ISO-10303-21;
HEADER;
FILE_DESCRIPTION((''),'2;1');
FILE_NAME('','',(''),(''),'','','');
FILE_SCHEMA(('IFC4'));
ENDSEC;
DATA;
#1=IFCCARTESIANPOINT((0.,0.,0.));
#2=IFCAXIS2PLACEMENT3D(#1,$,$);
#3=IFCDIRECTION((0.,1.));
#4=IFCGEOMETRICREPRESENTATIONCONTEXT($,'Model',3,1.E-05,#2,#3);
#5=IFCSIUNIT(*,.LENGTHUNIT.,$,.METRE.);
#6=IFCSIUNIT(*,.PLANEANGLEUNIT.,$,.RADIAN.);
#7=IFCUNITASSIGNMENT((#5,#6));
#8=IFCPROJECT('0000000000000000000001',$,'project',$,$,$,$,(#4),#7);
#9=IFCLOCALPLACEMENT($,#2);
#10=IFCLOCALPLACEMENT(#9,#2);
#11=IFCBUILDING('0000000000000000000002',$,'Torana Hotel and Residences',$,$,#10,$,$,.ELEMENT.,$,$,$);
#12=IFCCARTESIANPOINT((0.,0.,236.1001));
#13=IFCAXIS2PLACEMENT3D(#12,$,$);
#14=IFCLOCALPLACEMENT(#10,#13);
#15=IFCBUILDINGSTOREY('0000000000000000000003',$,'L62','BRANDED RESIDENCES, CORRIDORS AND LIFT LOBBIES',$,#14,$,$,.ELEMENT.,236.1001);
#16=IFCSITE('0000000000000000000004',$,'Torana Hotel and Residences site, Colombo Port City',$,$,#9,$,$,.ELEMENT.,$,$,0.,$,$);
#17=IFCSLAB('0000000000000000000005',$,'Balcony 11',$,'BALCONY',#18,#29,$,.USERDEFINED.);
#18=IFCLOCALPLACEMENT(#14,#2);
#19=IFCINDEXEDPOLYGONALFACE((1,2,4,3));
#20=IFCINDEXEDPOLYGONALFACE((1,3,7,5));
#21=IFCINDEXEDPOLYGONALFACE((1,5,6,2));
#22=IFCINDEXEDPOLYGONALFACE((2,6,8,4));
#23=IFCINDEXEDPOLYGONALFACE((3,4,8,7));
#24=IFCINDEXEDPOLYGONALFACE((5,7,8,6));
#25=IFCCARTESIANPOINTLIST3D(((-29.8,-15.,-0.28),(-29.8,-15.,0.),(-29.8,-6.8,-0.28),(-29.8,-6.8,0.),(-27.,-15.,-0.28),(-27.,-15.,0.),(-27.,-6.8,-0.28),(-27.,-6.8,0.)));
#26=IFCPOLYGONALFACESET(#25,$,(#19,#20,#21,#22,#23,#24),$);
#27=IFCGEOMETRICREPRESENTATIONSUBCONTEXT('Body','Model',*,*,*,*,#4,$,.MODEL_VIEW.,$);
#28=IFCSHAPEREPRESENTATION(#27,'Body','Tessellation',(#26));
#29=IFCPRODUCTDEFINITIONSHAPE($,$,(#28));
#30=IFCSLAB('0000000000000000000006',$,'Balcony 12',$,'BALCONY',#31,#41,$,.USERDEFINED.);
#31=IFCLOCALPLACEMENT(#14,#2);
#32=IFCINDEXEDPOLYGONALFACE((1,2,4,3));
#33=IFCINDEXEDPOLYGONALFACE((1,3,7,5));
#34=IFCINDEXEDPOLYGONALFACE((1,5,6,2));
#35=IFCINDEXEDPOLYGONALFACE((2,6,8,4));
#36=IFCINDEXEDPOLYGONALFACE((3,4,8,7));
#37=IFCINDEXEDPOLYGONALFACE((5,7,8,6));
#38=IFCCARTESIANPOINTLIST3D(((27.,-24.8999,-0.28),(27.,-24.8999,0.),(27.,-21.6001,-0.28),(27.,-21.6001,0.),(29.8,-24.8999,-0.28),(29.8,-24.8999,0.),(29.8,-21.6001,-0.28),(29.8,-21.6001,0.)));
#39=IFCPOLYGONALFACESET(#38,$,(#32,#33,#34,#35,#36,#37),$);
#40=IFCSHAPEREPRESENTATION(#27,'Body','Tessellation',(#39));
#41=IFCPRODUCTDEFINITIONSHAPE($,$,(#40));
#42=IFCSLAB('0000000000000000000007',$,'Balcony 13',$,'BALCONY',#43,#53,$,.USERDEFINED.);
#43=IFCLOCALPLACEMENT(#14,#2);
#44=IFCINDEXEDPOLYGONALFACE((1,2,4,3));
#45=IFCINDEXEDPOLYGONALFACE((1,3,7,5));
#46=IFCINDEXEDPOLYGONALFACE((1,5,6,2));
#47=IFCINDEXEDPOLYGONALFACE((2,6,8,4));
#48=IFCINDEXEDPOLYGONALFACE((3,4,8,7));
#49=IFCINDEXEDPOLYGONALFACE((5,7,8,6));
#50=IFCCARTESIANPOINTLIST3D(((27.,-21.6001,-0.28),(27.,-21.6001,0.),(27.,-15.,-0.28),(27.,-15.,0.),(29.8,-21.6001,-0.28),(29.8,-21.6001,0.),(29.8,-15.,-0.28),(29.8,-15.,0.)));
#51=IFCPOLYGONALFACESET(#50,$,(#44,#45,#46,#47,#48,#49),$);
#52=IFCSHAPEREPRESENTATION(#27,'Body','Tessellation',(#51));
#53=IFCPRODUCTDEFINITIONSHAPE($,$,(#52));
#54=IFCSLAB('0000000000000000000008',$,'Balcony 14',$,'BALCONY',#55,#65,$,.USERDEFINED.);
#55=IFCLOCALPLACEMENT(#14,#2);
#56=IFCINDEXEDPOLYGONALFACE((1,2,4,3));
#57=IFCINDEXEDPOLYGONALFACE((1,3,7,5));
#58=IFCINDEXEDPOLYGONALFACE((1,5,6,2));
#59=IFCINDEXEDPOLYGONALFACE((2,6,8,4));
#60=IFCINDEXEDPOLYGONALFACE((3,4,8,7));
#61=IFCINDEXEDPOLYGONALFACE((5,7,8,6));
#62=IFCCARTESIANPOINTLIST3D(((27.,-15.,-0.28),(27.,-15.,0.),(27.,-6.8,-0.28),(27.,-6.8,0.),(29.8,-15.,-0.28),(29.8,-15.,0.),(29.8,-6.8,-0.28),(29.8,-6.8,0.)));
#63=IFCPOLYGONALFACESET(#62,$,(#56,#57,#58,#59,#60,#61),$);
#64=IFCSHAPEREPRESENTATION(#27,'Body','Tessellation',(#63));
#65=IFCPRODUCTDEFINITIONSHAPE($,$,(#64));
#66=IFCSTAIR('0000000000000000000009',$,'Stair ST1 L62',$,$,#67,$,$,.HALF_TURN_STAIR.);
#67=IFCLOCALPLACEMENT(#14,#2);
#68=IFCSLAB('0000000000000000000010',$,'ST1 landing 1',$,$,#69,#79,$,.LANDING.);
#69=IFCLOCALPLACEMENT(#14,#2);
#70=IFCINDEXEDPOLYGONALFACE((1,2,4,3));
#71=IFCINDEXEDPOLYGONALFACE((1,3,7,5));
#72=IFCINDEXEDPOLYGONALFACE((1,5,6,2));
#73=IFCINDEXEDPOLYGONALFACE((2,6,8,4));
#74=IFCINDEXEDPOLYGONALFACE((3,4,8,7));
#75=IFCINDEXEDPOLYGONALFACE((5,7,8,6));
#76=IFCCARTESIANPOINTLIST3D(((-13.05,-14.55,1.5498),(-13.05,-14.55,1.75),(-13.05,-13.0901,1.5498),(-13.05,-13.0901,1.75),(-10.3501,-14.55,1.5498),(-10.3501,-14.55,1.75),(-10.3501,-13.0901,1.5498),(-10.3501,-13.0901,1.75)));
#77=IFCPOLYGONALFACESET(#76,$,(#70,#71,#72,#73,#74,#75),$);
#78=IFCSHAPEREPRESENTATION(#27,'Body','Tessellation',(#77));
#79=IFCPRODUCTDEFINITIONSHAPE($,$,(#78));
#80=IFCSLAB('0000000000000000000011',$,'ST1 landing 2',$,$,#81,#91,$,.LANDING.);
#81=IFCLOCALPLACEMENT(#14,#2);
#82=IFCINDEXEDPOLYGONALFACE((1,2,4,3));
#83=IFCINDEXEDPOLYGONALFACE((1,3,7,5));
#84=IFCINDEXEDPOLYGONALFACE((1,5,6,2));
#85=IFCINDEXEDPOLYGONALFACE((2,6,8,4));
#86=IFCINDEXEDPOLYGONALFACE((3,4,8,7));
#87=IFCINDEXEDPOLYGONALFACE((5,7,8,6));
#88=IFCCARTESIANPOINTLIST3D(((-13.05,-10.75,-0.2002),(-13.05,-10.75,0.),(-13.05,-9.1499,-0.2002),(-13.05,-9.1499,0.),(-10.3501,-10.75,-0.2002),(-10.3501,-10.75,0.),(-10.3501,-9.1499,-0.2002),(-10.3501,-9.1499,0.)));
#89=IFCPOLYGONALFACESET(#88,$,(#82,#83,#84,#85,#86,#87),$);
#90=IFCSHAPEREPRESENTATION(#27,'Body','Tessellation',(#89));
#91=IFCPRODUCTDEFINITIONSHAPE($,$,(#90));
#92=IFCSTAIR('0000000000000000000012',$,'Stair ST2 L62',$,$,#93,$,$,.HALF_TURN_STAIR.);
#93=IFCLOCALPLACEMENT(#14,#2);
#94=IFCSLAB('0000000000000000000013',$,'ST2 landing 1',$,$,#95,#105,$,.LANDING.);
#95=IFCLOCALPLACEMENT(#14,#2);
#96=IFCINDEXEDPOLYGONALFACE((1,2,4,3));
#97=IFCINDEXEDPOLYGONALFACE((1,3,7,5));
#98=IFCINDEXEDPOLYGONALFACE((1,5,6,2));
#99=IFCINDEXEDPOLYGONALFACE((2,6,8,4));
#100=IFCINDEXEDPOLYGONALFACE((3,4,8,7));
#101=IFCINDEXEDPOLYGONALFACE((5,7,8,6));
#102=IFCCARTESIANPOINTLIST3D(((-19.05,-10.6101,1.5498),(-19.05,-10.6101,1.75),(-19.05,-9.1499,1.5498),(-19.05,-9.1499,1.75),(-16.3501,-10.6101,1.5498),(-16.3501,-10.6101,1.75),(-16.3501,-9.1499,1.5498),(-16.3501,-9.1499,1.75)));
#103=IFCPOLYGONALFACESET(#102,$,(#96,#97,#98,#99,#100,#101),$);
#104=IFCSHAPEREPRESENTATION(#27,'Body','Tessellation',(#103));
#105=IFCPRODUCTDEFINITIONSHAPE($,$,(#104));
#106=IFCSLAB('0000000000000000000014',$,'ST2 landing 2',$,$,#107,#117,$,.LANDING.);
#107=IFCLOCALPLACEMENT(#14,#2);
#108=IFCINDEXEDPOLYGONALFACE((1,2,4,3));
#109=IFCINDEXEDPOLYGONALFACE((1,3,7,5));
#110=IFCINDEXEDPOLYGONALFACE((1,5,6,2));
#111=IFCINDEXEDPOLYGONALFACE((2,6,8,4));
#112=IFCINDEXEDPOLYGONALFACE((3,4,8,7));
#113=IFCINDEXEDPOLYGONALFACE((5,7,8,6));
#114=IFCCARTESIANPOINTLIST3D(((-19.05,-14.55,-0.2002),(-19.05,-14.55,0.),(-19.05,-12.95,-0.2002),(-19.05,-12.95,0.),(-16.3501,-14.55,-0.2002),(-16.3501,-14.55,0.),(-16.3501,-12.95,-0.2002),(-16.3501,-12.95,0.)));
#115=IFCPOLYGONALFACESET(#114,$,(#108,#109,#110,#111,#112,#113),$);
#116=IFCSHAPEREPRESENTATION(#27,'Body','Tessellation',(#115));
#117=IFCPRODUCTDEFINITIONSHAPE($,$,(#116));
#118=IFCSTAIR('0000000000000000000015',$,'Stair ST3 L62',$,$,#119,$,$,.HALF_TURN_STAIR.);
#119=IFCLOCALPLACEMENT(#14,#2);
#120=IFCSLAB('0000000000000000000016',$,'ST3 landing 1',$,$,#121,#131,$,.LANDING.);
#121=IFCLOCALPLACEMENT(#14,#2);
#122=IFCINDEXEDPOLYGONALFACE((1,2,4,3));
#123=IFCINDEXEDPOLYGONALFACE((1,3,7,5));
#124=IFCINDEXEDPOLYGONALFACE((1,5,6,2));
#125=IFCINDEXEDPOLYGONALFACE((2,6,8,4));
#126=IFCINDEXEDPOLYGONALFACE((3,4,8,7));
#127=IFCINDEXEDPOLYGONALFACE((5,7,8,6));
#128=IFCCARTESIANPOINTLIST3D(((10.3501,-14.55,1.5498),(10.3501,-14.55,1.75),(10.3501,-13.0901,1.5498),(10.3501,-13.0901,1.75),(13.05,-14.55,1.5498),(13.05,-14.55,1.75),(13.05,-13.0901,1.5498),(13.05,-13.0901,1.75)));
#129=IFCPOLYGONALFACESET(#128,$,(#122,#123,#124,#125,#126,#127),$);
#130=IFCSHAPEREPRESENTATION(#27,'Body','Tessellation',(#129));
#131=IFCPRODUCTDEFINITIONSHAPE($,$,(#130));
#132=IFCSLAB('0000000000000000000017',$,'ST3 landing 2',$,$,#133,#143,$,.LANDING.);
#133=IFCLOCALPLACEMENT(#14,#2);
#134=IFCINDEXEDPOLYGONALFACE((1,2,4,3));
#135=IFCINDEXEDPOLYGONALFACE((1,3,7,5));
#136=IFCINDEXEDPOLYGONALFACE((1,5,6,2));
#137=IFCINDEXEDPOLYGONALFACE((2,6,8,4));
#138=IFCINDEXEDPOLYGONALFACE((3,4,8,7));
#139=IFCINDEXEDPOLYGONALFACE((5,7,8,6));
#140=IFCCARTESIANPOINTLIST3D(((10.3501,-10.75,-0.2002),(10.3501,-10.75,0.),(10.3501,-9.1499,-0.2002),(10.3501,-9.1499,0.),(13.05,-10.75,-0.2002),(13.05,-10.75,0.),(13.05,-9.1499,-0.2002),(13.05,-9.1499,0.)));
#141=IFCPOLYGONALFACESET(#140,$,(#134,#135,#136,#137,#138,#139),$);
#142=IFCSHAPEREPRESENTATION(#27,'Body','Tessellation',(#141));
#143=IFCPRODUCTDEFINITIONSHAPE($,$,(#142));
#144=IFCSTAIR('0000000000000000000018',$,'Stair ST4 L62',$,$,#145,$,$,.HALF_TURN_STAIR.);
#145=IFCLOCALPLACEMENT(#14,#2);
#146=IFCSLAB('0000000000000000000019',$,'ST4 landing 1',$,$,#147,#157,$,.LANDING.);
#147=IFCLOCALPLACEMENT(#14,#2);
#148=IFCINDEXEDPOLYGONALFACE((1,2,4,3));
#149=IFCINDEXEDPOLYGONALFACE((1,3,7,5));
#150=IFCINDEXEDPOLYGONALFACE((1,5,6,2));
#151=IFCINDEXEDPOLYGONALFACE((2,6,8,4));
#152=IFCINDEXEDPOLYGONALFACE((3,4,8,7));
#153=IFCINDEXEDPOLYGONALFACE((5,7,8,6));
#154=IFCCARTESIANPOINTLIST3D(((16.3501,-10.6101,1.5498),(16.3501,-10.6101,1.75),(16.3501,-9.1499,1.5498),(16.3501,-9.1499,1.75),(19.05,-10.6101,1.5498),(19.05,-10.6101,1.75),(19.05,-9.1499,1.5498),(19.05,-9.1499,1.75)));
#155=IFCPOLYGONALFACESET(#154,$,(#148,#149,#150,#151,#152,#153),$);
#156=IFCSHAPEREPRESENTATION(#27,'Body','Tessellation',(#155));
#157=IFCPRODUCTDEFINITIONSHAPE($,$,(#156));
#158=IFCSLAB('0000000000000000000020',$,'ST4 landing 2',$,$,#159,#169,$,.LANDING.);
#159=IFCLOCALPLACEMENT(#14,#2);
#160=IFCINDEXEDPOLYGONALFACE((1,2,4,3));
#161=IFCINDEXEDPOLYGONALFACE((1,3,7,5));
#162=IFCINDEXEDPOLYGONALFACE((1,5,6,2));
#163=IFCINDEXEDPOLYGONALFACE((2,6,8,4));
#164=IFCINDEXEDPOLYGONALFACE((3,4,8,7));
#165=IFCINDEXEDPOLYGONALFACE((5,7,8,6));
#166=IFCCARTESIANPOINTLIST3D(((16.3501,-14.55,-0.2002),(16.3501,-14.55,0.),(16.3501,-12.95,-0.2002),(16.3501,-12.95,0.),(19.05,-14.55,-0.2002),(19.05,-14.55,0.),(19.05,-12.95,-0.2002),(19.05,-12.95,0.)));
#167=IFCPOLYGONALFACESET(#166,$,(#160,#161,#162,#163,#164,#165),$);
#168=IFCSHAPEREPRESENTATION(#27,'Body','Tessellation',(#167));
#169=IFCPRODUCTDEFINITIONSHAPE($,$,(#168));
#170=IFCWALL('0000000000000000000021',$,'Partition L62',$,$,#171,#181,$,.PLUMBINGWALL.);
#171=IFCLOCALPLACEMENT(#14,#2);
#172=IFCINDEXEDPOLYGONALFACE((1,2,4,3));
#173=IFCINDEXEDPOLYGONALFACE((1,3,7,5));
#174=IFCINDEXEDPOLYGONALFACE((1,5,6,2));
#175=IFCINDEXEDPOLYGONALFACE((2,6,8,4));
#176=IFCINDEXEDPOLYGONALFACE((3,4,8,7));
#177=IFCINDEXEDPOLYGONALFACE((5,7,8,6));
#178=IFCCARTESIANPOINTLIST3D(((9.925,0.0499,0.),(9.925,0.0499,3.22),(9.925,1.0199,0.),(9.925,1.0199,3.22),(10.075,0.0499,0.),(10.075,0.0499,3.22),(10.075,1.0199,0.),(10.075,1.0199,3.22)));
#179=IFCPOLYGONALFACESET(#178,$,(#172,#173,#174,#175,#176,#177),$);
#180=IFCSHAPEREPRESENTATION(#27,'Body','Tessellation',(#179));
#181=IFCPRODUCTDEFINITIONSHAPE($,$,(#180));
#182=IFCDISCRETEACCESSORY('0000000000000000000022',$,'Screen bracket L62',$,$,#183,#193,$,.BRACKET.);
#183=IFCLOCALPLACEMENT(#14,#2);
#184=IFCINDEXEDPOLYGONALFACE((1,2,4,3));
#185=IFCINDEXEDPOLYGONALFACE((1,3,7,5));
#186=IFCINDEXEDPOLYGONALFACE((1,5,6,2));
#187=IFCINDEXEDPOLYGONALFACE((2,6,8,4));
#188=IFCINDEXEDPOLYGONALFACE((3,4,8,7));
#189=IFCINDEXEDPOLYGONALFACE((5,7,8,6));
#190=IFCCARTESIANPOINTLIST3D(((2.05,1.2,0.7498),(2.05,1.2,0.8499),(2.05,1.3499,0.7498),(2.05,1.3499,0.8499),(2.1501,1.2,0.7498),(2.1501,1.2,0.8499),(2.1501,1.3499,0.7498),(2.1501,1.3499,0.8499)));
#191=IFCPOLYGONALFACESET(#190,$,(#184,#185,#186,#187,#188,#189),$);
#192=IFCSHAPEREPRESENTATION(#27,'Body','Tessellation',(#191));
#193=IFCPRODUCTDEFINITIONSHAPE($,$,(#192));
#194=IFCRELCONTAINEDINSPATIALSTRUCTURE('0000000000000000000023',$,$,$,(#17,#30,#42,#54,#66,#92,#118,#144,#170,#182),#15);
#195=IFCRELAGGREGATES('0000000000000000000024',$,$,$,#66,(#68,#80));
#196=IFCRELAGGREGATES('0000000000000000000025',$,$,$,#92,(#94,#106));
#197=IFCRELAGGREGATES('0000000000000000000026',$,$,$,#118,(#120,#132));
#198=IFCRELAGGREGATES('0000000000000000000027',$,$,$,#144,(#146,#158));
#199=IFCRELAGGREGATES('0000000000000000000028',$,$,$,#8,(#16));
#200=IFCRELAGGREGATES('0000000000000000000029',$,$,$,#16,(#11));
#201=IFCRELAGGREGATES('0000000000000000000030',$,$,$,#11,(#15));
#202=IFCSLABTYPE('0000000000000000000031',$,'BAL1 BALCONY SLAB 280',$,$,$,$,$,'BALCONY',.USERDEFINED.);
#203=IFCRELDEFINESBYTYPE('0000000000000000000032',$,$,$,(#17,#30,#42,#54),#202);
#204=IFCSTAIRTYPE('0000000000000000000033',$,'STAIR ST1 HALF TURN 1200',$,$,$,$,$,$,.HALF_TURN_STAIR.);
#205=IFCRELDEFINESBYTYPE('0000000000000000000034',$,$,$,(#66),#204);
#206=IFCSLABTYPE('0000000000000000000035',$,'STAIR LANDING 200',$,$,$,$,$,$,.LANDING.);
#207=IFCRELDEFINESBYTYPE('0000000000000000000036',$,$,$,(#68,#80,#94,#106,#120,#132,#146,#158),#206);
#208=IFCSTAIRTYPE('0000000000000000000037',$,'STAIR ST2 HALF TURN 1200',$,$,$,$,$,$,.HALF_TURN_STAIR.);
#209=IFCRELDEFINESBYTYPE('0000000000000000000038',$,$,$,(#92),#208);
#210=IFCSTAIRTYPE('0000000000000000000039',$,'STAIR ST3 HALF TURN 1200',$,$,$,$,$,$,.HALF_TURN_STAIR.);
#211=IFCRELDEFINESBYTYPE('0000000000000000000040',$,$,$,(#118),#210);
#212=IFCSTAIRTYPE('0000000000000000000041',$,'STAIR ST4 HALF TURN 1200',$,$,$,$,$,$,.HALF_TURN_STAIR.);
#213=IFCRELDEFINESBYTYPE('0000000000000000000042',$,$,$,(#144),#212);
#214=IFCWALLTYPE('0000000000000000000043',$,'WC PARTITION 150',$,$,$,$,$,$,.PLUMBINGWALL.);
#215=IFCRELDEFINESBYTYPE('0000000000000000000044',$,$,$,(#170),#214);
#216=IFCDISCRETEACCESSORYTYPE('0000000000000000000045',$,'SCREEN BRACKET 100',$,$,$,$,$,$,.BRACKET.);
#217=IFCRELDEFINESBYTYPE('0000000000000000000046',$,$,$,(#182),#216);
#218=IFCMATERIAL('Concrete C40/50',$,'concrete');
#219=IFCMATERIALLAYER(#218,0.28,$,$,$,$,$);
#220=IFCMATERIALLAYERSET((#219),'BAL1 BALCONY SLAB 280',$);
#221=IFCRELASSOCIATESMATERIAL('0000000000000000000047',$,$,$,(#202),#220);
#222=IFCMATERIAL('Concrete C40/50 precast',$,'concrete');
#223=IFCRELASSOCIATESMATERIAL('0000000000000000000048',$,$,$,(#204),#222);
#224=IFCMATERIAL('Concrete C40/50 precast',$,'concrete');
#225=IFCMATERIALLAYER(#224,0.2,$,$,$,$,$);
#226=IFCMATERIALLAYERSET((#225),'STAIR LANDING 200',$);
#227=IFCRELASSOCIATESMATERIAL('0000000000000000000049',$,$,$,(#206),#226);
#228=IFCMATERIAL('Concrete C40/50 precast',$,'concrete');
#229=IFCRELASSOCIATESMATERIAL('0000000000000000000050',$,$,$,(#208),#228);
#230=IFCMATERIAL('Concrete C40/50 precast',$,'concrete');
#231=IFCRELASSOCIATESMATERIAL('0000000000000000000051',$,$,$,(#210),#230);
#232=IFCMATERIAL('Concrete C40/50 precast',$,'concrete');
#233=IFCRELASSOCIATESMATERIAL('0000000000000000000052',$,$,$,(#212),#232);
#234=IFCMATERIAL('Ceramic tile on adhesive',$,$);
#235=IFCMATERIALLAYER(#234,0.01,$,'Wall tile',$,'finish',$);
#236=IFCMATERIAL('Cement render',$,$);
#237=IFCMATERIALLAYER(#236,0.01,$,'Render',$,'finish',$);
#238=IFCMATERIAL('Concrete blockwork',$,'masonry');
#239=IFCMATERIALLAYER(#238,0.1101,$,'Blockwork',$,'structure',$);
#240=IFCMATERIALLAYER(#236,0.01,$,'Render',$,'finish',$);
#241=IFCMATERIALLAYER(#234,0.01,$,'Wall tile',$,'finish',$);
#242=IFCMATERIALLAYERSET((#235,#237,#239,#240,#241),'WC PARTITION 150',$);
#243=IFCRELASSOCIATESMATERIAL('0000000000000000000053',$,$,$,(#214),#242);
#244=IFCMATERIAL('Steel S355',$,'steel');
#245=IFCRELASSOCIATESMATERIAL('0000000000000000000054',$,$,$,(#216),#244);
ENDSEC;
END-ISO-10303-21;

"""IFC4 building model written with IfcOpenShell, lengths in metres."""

from ifc_helpers import new_model, si_unit, direction, frame, frame_2d, origin, origin_2d, place, context, subcontext, project, spatial, polyline, rectangle, outline, extrude, material, layer, layer_set, type_object, element, aggregate, save


model = new_model("IFC4")

# Units and contexts
model_context = context("Model", 3, precision=1e-05, world=origin(), true_north=direction((0.0, 1.0)))
body_context = subcontext(model_context, "Body", "Model", "MODEL_VIEW")
ifc_project = project(units=[si_unit("LENGTHUNIT", "METRE"), si_unit("PLANEANGLEUNIT", "RADIAN")], contexts=[model_context])

# Site, building, storey
site_placement = place(None, origin())
site = spatial("IfcSite", under=ifc_project, at=site_placement, Name="Torana Hotel and Residences site, Colombo Port City", CompositionType="ELEMENT", RefElevation=0.0)
building_placement = place(site_placement, origin())
building = spatial("IfcBuilding", under=site, at=building_placement, Name="Torana Hotel and Residences", CompositionType="ELEMENT")
storey_placement = place(building_placement, frame((0.0, 0.0, 236.1001)))
storey = spatial("IfcBuildingStorey", under=building, at=storey_placement, Name="L62", Description="BRANDED RESIDENCES, CORRIDORS AND LIFT LOBBIES", CompositionType="ELEMENT", Elevation=236.1001)

# Slabs
ifc_material_1 = material(Name="Concrete C40/50", Category="concrete")
ifc_layer_1 = layer(ifc_material_1, 0.28)
ifc_layer_set_1 = layer_set([ifc_layer_1], Name="BAL1 BALCONY SLAB 280")
slab_type_1 = type_object("IfcSlabType", Name="BAL1 BALCONY SLAB 280", ElementType="BALCONY", PredefinedType="USERDEFINED", material=ifc_layer_set_1)
slab_1_placement = place(storey_placement, frame((0.0, 0.0, -0.28)))
element("IfcSlab", 1, at=slab_1_placement, inside=storey, type_object=slab_type_1, Name="Balcony 11", ObjectType="BALCONY", PredefinedType="USERDEFINED", context=body_context, shape_type="SweptSolid", body=[
    extrude(outline(polyline([(-29.8, -15.0), (-27.0, -15.0), (-27.0, -6.8), (-29.8, -6.8), (-29.8, -15.0)])), origin(), (0.0, 0.0, 1.0), 0.28),
])
slab_2_placement = place(storey_placement, frame((0.0, 0.0, -0.28)))
element("IfcSlab", 2, at=slab_2_placement, inside=storey, type_object=slab_type_1, Name="Balcony 12", ObjectType="BALCONY", PredefinedType="USERDEFINED", context=body_context, shape_type="SweptSolid", body=[
    extrude(outline(polyline([(27.0, -24.8999), (29.8, -24.8999), (29.8, -21.6001), (27.0, -21.6001), (27.0, -24.8999)])), origin(), (0.0, 0.0, 1.0), 0.28),
])
slab_3_placement = place(storey_placement, frame((0.0, 0.0, -0.28)))
element("IfcSlab", 3, at=slab_3_placement, inside=storey, type_object=slab_type_1, Name="Balcony 13", ObjectType="BALCONY", PredefinedType="USERDEFINED", context=body_context, shape_type="SweptSolid", body=[
    extrude(outline(polyline([(27.0, -21.6001), (29.8, -21.6001), (29.8, -15.0), (27.0, -15.0), (27.0, -21.6001)])), origin(), (0.0, 0.0, 1.0), 0.28),
])
slab_4_placement = place(storey_placement, frame((0.0, 0.0, -0.28)))
element("IfcSlab", 4, at=slab_4_placement, inside=storey, type_object=slab_type_1, Name="Balcony 14", ObjectType="BALCONY", PredefinedType="USERDEFINED", context=body_context, shape_type="SweptSolid", body=[
    extrude(outline(polyline([(27.0, -15.0), (29.8, -15.0), (29.8, -6.8), (27.0, -6.8), (27.0, -15.0)])), origin(), (0.0, 0.0, 1.0), 0.28),
])

# Stairs, slabs
ifc_material_2 = material(Name="Concrete C40/50 precast", Category="concrete")
stair_type_1 = type_object("IfcStairType", Name="STAIR ST1 HALF TURN 1200", PredefinedType="HALF_TURN_STAIR", material=ifc_material_2)
stair_1_placement = place(storey_placement, origin())
stair_1 = element("IfcStair", 5, at=stair_1_placement, inside=storey, type_object=stair_type_1, Name="Stair ST1 L62", PredefinedType="HALF_TURN_STAIR")
ifc_material_3 = material(Name="Concrete C40/50 precast", Category="concrete")
ifc_layer_2 = layer(ifc_material_3, 0.2)
ifc_layer_set_2 = layer_set([ifc_layer_2], Name="STAIR LANDING 200")
slab_type_2 = type_object("IfcSlabType", Name="STAIR LANDING 200", PredefinedType="LANDING", material=ifc_layer_set_2)
slab_5_placement = place(storey_placement, frame((0.0, 0.0, 1.5498)))
slab_5 = element("IfcSlab", 6, at=slab_5_placement, type_object=slab_type_2, Name="ST1 landing 1", PredefinedType="LANDING", context=body_context, shape_type="SweptSolid", body=[
    extrude(outline(polyline([(-13.05, -14.55), (-10.3501, -14.55), (-10.3501, -13.0901), (-13.05, -13.0901), (-13.05, -14.55)])), origin(), (0.0, 0.0, 1.0), 0.2002),
])
slab_6_placement = place(storey_placement, frame((0.0, 0.0, -0.2002)))
slab_6 = element("IfcSlab", 7, at=slab_6_placement, type_object=slab_type_2, Name="ST1 landing 2", PredefinedType="LANDING", context=body_context, shape_type="SweptSolid", body=[
    extrude(outline(polyline([(-13.05, -10.75), (-10.3501, -10.75), (-10.3501, -9.1499), (-13.05, -9.1499), (-13.05, -10.75)])), origin(), (0.0, 0.0, 1.0), 0.2002),
])
aggregate(stair_1, [slab_5, slab_6])
ifc_material_4 = material(Name="Concrete C40/50 precast", Category="concrete")
stair_type_2 = type_object("IfcStairType", Name="STAIR ST2 HALF TURN 1200", PredefinedType="HALF_TURN_STAIR", material=ifc_material_4)
stair_2_placement = place(storey_placement, origin())
stair_2 = element("IfcStair", 8, at=stair_2_placement, inside=storey, type_object=stair_type_2, Name="Stair ST2 L62", PredefinedType="HALF_TURN_STAIR")
slab_7_placement = place(storey_placement, frame((0.0, 0.0, 1.5498)))
slab_7 = element("IfcSlab", 9, at=slab_7_placement, type_object=slab_type_2, Name="ST2 landing 1", PredefinedType="LANDING", context=body_context, shape_type="SweptSolid", body=[
    extrude(outline(polyline([(-19.05, -10.6101), (-16.3501, -10.6101), (-16.3501, -9.1499), (-19.05, -9.1499), (-19.05, -10.6101)])), origin(), (0.0, 0.0, 1.0), 0.2002),
])
slab_8_placement = place(storey_placement, frame((0.0, 0.0, -0.2002)))
slab_8 = element("IfcSlab", 10, at=slab_8_placement, type_object=slab_type_2, Name="ST2 landing 2", PredefinedType="LANDING", context=body_context, shape_type="SweptSolid", body=[
    extrude(outline(polyline([(-19.05, -14.55), (-16.3501, -14.55), (-16.3501, -12.95), (-19.05, -12.95), (-19.05, -14.55)])), origin(), (0.0, 0.0, 1.0), 0.2002),
])
aggregate(stair_2, [slab_7, slab_8])
ifc_material_5 = material(Name="Concrete C40/50 precast", Category="concrete")
stair_type_3 = type_object("IfcStairType", Name="STAIR ST3 HALF TURN 1200", PredefinedType="HALF_TURN_STAIR", material=ifc_material_5)
stair_3_placement = place(storey_placement, origin())
stair_3 = element("IfcStair", 11, at=stair_3_placement, inside=storey, type_object=stair_type_3, Name="Stair ST3 L62", PredefinedType="HALF_TURN_STAIR")
slab_9_placement = place(storey_placement, frame((0.0, 0.0, 1.5498)))
slab_9 = element("IfcSlab", 12, at=slab_9_placement, type_object=slab_type_2, Name="ST3 landing 1", PredefinedType="LANDING", context=body_context, shape_type="SweptSolid", body=[
    extrude(outline(polyline([(10.3501, -14.55), (13.05, -14.55), (13.05, -13.0901), (10.3501, -13.0901), (10.3501, -14.55)])), origin(), (0.0, 0.0, 1.0), 0.2002),
])
slab_10_placement = place(storey_placement, frame((0.0, 0.0, -0.2002)))
slab_10 = element("IfcSlab", 13, at=slab_10_placement, type_object=slab_type_2, Name="ST3 landing 2", PredefinedType="LANDING", context=body_context, shape_type="SweptSolid", body=[
    extrude(outline(polyline([(10.3501, -10.75), (13.05, -10.75), (13.05, -9.1499), (10.3501, -9.1499), (10.3501, -10.75)])), origin(), (0.0, 0.0, 1.0), 0.2002),
])
aggregate(stair_3, [slab_9, slab_10])
ifc_material_6 = material(Name="Concrete C40/50 precast", Category="concrete")
stair_type_4 = type_object("IfcStairType", Name="STAIR ST4 HALF TURN 1200", PredefinedType="HALF_TURN_STAIR", material=ifc_material_6)
stair_4_placement = place(storey_placement, origin())
stair_4 = element("IfcStair", 14, at=stair_4_placement, inside=storey, type_object=stair_type_4, Name="Stair ST4 L62", PredefinedType="HALF_TURN_STAIR")
slab_11_placement = place(storey_placement, frame((0.0, 0.0, 1.5498)))
slab_11 = element("IfcSlab", 15, at=slab_11_placement, type_object=slab_type_2, Name="ST4 landing 1", PredefinedType="LANDING", context=body_context, shape_type="SweptSolid", body=[
    extrude(outline(polyline([(16.3501, -10.6101), (19.05, -10.6101), (19.05, -9.1499), (16.3501, -9.1499), (16.3501, -10.6101)])), origin(), (0.0, 0.0, 1.0), 0.2002),
])
slab_12_placement = place(storey_placement, frame((0.0, 0.0, -0.2002)))
slab_12 = element("IfcSlab", 16, at=slab_12_placement, type_object=slab_type_2, Name="ST4 landing 2", PredefinedType="LANDING", context=body_context, shape_type="SweptSolid", body=[
    extrude(outline(polyline([(16.3501, -14.55), (19.05, -14.55), (19.05, -12.95), (16.3501, -12.95), (16.3501, -14.55)])), origin(), (0.0, 0.0, 1.0), 0.2002),
])
aggregate(stair_4, [slab_11, slab_12])

# Wall
ifc_material_7 = material(Name="Ceramic tile on adhesive")
ifc_layer_3 = layer(ifc_material_7, 0.01, Name="Wall tile", Category="finish")
ifc_material_8 = material(Name="Cement render")
ifc_layer_4 = layer(ifc_material_8, 0.01, Name="Render", Category="finish")
ifc_material_9 = material(Name="Concrete blockwork", Category="masonry")
ifc_layer_5 = layer(ifc_material_9, 0.1101, Name="Blockwork", Category="structure")
ifc_layer_6 = layer(ifc_material_8, 0.01, Name="Render", Category="finish")
ifc_layer_7 = layer(ifc_material_7, 0.01, Name="Wall tile", Category="finish")
ifc_layer_set_3 = layer_set([ifc_layer_3, ifc_layer_4, ifc_layer_5, ifc_layer_6, ifc_layer_7], Name="WC PARTITION 150")
wall_type = type_object("IfcWallType", Name="WC PARTITION 150", PredefinedType="PLUMBINGWALL", material=ifc_layer_set_3)
wall_placement = place(storey_placement, frame((10.0, 0.05, 0.0), z_axis=(0.0, 0.0, 1.0), x_axis=(0.0, 1.0, 0.0)))
element("IfcWall", 17, at=wall_placement, inside=storey, type_object=wall_type, Name="Partition L62", PredefinedType="PLUMBINGWALL", context=body_context, shape_type="SweptSolid", body=[
    extrude(rectangle(XDim=0.97, YDim=0.1499, at=frame_2d((0.4849, 0.0))), origin(), (0.0, 0.0, 1.0), 3.22),
])

# Discrete accessory
ifc_material_10 = material(Name="Steel S355", Category="steel")
discrete_accessory_type = type_object("IfcDiscreteAccessoryType", Name="SCREEN BRACKET 100", PredefinedType="BRACKET", material=ifc_material_10)
for number, where, z_axis, x_axis, name in (
    (18, (2.1001, 1.2749, 0.7498), (0.0, 0.0, 1.0), (-1.0, 0.0, 0.0), "Screen bracket L62"),
):
    element("IfcDiscreteAccessory", number, at=place(storey_placement, frame(where, z_axis=z_axis, x_axis=x_axis)), inside=storey, type_object=discrete_accessory_type, Name=name, PredefinedType="BRACKET", context=body_context, shape_type="SweptSolid", body=[
        extrude(rectangle(XDim=0.1001, YDim=0.1499, at=origin_2d()), origin(), (0.0, 0.0, 1.0), 0.1001),
    ])

save(model, "model.ifc")
